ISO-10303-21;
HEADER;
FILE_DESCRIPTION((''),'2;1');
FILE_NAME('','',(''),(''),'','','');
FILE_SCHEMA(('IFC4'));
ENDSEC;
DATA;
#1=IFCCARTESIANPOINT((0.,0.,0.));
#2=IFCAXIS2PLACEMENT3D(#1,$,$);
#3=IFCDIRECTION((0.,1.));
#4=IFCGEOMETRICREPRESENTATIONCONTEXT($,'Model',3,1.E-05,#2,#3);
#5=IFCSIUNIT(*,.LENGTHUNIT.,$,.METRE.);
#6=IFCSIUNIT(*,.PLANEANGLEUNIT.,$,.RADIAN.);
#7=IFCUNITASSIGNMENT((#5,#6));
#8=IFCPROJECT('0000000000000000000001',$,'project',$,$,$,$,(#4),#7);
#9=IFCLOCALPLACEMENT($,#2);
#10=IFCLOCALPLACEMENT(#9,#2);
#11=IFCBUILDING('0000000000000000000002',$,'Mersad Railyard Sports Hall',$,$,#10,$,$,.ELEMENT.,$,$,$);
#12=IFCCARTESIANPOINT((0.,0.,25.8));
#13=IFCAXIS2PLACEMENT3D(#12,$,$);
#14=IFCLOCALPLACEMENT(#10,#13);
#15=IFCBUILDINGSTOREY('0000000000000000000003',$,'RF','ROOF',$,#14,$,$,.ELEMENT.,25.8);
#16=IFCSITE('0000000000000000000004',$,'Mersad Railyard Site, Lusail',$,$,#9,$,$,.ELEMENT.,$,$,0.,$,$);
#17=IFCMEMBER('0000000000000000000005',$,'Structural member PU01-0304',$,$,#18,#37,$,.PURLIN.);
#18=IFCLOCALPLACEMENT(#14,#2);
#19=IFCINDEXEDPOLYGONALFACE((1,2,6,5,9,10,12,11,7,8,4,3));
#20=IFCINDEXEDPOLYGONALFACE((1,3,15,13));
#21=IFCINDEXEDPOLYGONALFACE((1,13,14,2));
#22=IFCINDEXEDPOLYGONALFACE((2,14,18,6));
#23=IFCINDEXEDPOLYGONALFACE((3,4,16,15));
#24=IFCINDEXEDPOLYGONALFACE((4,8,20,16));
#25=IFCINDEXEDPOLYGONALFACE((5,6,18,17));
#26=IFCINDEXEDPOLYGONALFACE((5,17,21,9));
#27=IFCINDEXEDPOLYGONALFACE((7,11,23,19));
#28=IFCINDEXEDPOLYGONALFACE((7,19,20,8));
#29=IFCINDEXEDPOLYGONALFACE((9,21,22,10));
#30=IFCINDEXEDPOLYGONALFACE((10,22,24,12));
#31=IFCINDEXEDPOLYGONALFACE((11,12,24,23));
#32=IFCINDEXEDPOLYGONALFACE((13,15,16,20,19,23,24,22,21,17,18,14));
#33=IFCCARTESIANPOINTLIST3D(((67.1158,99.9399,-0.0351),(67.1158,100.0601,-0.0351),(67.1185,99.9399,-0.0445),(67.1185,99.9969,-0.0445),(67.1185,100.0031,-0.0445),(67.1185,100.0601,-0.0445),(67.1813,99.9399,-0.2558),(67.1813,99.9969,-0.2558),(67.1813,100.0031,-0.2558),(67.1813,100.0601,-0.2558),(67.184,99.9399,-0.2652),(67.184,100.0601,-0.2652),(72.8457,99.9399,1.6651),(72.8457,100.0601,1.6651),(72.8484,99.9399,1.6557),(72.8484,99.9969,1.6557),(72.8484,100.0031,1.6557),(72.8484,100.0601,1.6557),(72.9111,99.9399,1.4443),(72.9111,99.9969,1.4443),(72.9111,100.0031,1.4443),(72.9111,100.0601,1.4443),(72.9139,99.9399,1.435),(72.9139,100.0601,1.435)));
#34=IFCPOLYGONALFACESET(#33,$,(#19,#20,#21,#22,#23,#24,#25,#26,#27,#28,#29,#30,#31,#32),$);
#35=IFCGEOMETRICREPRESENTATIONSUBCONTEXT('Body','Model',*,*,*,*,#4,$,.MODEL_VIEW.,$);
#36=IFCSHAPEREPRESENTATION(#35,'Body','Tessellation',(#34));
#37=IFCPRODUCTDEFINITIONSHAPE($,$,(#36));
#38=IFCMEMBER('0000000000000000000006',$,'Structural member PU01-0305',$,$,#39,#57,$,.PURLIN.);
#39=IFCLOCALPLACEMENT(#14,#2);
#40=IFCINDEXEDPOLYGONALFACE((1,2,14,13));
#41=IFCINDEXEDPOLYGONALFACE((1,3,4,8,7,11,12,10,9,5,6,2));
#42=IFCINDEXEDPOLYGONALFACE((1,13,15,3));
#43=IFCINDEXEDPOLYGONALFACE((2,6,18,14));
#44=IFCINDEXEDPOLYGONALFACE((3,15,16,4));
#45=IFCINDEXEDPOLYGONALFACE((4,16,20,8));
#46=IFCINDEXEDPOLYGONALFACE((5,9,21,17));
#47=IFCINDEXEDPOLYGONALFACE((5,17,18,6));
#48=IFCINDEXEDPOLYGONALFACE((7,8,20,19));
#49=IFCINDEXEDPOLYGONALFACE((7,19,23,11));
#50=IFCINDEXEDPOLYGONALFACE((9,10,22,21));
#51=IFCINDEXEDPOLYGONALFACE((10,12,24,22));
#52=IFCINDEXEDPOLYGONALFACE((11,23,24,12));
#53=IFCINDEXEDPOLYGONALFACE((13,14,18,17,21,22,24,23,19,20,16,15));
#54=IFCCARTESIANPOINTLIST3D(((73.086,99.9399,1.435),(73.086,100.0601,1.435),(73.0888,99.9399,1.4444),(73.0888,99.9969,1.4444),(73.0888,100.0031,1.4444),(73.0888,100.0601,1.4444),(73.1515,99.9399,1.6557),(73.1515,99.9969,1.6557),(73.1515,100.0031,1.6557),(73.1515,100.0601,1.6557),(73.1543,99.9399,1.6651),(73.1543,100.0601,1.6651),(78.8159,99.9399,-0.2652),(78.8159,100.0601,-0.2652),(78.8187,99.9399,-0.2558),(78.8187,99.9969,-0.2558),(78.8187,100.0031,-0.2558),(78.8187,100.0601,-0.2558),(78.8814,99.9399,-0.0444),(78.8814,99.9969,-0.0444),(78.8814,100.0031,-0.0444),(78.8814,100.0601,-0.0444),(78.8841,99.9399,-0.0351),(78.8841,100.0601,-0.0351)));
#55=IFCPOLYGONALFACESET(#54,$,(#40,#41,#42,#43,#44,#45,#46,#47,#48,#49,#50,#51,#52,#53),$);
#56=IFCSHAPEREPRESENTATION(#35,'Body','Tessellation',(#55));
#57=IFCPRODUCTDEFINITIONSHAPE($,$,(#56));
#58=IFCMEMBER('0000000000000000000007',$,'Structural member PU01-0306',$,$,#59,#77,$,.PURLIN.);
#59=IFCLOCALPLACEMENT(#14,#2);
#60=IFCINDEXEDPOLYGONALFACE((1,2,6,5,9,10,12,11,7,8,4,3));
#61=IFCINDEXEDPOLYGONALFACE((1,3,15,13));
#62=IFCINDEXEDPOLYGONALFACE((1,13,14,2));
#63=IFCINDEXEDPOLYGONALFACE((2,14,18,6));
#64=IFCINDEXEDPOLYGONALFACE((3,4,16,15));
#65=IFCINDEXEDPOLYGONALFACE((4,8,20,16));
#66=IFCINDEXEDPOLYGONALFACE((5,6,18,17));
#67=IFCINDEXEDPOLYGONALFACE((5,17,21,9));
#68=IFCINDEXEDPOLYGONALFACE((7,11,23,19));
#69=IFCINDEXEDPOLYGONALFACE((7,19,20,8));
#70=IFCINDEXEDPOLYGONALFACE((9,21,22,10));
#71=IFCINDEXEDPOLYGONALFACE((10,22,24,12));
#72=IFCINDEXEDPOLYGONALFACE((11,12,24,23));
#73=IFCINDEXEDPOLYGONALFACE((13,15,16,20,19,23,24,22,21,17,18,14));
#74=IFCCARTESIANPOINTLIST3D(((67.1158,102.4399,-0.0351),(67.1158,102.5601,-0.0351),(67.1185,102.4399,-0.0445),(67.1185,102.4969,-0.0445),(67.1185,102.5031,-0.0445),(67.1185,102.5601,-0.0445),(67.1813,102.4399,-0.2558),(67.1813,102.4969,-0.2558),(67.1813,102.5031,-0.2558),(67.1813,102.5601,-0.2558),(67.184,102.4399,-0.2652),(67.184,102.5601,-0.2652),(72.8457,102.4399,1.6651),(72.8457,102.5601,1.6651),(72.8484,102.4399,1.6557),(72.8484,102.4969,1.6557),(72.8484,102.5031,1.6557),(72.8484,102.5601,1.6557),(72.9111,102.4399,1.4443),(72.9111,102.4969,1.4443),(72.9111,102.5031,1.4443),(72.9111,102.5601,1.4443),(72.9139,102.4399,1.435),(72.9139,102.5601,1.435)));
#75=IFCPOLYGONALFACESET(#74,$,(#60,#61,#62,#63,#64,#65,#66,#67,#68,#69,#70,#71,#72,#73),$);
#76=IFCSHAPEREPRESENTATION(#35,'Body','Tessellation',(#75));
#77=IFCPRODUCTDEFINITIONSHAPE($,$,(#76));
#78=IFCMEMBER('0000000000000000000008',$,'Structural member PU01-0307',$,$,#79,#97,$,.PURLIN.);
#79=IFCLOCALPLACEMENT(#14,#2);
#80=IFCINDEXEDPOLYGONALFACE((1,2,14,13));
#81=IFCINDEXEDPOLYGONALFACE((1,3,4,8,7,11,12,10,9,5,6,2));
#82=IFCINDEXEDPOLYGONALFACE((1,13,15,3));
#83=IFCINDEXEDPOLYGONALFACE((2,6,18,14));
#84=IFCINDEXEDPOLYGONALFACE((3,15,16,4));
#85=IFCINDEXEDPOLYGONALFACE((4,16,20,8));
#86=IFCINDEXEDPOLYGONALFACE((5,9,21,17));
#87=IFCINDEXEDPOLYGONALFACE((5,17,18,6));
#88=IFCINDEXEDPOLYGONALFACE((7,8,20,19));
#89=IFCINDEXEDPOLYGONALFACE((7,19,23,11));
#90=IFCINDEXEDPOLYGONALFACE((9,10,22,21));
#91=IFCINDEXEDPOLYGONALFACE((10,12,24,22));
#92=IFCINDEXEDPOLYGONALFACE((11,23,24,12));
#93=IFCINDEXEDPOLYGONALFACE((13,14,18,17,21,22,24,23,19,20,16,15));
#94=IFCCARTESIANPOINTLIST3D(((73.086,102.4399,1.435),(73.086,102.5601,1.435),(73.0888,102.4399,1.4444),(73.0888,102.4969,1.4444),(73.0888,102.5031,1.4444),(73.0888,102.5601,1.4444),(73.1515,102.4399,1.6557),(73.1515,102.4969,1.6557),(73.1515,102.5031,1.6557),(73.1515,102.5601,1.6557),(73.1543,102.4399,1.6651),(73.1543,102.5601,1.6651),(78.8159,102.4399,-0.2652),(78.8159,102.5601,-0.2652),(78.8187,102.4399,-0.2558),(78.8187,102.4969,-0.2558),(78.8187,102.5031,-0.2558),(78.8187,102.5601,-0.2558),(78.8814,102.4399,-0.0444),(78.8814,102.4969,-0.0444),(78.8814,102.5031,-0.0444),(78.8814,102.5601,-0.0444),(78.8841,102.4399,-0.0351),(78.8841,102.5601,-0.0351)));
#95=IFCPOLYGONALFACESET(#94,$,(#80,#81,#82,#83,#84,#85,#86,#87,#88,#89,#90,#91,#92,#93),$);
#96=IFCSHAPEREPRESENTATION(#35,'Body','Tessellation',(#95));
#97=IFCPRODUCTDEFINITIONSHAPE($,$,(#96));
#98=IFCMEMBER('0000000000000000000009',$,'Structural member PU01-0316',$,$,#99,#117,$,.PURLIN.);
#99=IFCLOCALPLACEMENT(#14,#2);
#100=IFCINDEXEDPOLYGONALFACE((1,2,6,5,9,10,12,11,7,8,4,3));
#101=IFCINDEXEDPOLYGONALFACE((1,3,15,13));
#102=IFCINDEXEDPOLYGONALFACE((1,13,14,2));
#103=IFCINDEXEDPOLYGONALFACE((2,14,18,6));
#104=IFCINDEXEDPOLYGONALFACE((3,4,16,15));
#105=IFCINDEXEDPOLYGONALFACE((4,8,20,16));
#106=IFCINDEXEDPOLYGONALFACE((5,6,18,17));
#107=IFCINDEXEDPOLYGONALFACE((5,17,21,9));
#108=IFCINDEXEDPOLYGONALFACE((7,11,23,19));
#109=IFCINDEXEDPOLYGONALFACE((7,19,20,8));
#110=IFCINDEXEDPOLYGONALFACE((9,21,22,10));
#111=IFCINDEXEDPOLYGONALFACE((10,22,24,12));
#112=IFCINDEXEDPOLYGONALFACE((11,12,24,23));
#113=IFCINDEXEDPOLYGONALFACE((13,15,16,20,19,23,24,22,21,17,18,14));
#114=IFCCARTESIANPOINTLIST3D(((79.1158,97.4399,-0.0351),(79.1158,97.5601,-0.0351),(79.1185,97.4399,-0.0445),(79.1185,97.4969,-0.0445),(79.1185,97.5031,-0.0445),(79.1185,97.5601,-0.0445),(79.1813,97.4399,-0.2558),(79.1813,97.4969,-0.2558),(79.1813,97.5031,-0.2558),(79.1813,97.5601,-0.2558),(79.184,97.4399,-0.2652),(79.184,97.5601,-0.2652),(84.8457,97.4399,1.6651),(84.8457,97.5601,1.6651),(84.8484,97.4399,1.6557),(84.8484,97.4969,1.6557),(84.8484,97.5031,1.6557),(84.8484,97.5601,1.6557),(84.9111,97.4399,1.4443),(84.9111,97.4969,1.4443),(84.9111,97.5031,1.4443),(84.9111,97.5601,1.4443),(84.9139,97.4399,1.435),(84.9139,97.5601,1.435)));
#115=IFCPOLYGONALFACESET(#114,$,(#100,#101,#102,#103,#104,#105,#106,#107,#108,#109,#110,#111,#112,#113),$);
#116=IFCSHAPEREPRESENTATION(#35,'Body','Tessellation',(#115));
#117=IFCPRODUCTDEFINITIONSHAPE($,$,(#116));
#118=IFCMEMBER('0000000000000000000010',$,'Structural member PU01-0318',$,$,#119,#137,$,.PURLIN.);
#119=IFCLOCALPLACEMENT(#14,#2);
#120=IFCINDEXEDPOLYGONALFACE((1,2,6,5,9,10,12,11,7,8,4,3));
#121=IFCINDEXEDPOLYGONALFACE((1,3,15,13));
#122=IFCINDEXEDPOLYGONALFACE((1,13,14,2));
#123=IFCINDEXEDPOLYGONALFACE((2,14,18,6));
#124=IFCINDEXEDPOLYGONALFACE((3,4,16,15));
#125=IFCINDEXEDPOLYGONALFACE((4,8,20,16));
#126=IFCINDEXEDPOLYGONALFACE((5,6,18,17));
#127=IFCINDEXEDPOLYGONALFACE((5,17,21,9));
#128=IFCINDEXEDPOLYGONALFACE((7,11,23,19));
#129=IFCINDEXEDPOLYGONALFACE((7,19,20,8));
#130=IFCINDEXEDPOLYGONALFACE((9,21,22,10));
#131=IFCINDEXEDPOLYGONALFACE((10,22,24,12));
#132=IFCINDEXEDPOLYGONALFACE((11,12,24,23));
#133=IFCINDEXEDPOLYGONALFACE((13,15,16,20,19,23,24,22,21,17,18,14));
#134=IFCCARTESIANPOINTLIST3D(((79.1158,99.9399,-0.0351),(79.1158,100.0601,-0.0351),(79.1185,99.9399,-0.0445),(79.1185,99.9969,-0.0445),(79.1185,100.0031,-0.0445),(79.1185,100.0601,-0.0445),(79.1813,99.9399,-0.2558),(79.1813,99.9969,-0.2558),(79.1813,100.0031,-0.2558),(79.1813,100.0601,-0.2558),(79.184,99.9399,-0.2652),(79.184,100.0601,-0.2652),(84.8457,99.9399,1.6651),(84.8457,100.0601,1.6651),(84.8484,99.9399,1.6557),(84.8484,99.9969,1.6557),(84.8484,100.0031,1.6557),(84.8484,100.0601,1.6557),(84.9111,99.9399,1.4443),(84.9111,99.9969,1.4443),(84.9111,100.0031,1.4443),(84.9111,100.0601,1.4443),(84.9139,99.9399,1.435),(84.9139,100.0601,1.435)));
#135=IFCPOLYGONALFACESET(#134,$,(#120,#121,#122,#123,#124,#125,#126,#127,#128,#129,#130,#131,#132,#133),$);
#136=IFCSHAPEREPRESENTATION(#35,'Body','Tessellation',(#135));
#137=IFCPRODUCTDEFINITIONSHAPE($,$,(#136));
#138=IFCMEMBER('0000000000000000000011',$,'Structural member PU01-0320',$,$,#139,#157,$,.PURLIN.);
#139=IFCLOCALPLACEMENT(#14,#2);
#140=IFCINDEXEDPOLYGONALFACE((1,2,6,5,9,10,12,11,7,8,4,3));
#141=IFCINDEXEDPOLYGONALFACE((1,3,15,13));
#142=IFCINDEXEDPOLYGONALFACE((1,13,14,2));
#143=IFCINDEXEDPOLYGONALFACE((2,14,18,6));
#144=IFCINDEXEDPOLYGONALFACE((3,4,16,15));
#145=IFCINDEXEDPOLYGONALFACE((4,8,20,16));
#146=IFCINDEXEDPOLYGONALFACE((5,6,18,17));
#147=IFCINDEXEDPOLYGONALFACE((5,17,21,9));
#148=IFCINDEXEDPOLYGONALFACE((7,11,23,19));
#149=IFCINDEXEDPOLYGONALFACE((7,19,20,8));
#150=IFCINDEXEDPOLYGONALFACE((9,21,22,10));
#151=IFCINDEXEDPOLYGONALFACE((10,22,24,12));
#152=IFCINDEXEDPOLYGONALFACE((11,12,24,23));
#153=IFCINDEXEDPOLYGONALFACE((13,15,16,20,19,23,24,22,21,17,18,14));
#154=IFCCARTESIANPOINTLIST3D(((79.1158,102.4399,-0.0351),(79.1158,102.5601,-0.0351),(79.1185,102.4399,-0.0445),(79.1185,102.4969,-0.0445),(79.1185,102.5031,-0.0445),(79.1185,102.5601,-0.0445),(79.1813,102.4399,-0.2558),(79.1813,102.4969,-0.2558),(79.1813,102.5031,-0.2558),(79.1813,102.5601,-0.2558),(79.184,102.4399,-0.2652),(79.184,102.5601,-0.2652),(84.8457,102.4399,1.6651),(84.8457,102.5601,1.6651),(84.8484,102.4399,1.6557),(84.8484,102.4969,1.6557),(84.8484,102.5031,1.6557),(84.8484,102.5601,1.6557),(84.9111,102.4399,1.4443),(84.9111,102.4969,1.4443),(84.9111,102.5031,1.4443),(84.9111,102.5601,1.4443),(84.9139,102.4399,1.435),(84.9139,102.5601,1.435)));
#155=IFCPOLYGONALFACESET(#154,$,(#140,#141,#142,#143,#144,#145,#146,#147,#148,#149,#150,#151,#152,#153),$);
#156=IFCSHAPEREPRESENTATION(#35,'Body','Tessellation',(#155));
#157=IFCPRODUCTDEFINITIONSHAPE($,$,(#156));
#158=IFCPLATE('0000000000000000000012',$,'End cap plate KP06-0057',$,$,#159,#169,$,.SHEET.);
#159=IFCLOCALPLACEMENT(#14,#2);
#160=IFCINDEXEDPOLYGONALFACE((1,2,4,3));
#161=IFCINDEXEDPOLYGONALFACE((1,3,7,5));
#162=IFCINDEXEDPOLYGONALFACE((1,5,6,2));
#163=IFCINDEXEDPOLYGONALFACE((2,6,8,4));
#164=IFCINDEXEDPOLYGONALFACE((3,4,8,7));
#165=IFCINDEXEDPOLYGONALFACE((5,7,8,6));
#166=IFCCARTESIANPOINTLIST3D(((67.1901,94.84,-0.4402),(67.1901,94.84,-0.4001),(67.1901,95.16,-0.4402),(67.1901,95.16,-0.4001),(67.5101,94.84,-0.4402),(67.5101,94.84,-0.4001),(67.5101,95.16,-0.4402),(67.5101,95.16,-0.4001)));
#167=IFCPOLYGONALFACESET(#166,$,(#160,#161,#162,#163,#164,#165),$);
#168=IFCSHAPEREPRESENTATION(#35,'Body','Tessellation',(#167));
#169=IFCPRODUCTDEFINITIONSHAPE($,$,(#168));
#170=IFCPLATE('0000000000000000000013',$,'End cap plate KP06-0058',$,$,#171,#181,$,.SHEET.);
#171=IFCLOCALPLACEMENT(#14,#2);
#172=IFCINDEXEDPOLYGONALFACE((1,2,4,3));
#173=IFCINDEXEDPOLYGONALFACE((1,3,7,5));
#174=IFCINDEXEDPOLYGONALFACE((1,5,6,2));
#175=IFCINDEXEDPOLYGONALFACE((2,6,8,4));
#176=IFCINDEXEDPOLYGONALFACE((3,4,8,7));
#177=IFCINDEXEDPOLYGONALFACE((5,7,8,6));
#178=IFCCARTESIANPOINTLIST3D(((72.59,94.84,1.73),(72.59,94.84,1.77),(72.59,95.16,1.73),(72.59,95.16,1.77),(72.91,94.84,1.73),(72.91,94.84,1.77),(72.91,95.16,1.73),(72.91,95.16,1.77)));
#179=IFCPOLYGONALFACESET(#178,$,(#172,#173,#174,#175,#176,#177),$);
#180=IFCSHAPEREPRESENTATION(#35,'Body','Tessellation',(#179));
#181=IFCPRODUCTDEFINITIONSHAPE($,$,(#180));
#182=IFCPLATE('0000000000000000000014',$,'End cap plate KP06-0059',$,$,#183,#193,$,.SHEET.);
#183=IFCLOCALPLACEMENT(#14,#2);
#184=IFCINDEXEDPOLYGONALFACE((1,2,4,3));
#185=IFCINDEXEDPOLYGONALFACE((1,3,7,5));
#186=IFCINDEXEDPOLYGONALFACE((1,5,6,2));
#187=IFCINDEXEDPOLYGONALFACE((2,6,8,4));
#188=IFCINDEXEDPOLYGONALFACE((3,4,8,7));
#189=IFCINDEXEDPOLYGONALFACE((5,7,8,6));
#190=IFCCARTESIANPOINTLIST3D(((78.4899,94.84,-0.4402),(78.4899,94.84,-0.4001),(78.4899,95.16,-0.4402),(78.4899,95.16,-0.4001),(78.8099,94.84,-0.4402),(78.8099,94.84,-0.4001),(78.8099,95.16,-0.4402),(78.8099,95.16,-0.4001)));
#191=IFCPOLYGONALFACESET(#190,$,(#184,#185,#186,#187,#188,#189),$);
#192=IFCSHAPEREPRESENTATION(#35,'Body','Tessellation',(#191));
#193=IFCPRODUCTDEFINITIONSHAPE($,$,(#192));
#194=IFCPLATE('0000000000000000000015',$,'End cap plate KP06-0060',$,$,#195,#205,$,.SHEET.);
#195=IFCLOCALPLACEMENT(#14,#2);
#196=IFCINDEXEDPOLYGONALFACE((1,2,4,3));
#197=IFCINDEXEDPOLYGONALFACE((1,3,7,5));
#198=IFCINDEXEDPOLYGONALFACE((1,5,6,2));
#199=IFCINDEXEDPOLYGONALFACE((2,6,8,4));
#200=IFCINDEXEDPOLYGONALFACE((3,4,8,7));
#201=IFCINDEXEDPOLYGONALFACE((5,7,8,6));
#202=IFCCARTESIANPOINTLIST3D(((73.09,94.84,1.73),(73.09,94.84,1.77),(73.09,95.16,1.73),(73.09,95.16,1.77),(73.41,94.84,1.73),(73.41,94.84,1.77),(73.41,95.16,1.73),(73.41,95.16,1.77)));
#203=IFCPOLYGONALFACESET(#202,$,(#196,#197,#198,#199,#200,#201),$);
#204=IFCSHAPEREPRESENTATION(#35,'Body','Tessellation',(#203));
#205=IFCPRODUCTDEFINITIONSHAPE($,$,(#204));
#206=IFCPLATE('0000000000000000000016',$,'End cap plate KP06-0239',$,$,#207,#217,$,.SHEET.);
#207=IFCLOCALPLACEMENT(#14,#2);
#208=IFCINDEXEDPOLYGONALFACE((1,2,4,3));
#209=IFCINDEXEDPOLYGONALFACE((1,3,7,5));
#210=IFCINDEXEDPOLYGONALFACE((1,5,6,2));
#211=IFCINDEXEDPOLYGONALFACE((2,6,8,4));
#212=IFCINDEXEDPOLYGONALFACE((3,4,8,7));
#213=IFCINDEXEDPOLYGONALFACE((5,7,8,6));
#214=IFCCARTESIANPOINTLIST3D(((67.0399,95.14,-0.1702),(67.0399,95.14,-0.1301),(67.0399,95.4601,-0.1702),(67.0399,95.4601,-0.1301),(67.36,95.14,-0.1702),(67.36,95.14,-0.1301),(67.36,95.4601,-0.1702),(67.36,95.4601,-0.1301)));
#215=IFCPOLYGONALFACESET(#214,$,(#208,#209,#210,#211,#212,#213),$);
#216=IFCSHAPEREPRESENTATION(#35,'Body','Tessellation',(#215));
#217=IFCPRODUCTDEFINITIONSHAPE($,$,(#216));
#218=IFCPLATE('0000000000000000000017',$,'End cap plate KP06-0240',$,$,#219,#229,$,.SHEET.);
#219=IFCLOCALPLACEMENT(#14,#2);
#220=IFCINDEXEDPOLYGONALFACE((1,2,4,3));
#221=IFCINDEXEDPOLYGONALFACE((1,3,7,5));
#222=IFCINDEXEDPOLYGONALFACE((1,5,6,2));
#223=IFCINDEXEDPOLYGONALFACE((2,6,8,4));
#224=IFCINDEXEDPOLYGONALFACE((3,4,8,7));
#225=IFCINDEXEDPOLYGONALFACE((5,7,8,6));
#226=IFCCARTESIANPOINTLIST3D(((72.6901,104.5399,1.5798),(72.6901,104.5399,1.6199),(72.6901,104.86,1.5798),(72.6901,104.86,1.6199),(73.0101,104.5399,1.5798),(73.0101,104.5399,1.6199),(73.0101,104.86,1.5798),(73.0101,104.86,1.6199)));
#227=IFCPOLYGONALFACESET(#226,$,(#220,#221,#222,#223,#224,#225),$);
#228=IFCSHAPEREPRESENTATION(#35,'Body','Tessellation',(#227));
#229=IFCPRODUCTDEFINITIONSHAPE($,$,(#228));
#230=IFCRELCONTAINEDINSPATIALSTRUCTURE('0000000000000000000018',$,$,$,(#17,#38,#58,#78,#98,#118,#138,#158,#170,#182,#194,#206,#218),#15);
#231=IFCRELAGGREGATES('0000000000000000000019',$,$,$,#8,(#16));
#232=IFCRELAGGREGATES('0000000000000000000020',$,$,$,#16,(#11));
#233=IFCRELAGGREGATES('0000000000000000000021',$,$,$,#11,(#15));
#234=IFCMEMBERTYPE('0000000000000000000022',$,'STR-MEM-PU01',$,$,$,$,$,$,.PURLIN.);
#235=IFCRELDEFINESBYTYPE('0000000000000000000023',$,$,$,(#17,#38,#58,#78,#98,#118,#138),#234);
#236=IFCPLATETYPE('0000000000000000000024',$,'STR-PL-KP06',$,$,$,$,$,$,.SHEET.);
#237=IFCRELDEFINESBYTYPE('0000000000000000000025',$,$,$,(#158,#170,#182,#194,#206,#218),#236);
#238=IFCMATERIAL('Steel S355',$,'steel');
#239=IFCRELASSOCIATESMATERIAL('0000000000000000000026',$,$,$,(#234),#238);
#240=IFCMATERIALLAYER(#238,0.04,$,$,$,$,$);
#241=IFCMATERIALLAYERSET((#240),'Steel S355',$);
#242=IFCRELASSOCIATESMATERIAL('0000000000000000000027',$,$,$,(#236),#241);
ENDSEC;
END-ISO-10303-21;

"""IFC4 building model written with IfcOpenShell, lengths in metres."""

from ifc_helpers import new_model, si_unit, direction, frame, origin, origin_2d, place, context, subcontext, project, spatial, rectangle, i_section, extrude, material, layer, layer_set, material_profile, profile_set, type_object, element, save


model = new_model("IFC4")

# Units and contexts
model_context = context("Model", 3, precision=1e-05, world=origin(), true_north=direction((0.0, 1.0)))
body_context = subcontext(model_context, "Body", "Model", "MODEL_VIEW")
ifc_project = project(units=[si_unit("LENGTHUNIT", "METRE"), si_unit("PLANEANGLEUNIT", "RADIAN")], contexts=[model_context])

# Site, building, storey
site_placement = place(None, origin())
site = spatial("IfcSite", under=ifc_project, at=site_placement, Name="Mersad Railyard Site, Lusail", CompositionType="ELEMENT", RefElevation=0.0)
building_placement = place(site_placement, origin())
building = spatial("IfcBuilding", under=site, at=building_placement, Name="Mersad Railyard Sports Hall", CompositionType="ELEMENT")
storey_placement = place(building_placement, frame((0.0, 0.0, 25.8)))
storey = spatial("IfcBuildingStorey", under=building, at=storey_placement, Name="RF", Description="ROOF", CompositionType="ELEMENT", Elevation=25.8)

# Shared definitions
ifc_material_1 = material(Name="Steel S355", Category="steel")

# Members
ifc_material_profile_1 = material_profile(ifc_material_1, i_section(OverallWidth=0.1201, OverallDepth=0.24, WebThickness=0.0061, FlangeThickness=0.0098, at=origin_2d()), Name="IPE 240")
ifc_profile_set_1 = profile_set([ifc_material_profile_1], Name="Steel S355")
member_type_1 = type_object("IfcMemberType", Name="STR-MEM-PU01", PredefinedType="PURLIN", material=ifc_profile_set_1)
for number, where, z_axis, x_axis, name in (
    (1, (67.1499, 100.0, -0.1501), (0.958688, 0.0, 0.284461), (0.0, 1.0, 0.0), "Structural member PU01-0304"),
    (2, (73.1201, 100.0, 1.55), (0.958688, 0.0, -0.284461), (0.0, 1.0, 0.0), "Structural member PU01-0305"),
    (3, (67.1499, 102.5, -0.1501), (0.958688, 0.0, 0.284461), (0.0, 1.0, 0.0), "Structural member PU01-0306"),
    (4, (73.1201, 102.5, 1.55), (0.958688, 0.0, -0.284461), (0.0, 1.0, 0.0), "Structural member PU01-0307"),
    (5, (79.1499, 97.5, -0.1501), (0.958688, 0.0, 0.284461), (0.0, 1.0, 0.0), "Structural member PU01-0316"),
    (6, (79.1499, 100.0, -0.1501), (0.958688, 0.0, 0.284461), (0.0, 1.0, 0.0), "Structural member PU01-0318"),
    (7, (79.1499, 102.5, -0.1501), (0.958688, 0.0, 0.284461), (0.0, 1.0, 0.0), "Structural member PU01-0320"),
):
    element("IfcMember", number, at=place(storey_placement, frame(where, z_axis=z_axis, x_axis=x_axis)), inside=storey, type_object=member_type_1, Name=name, PredefinedType="PURLIN", context=body_context, shape_type="SweptSolid", body=[
        extrude(i_section(OverallWidth=0.1201, OverallDepth=0.24, WebThickness=0.0061, FlangeThickness=0.0098, at=origin_2d()), origin(), (0.0, 0.0, 1.0), 5.9768),
    ])

# Plates
ifc_layer_1 = layer(ifc_material_1, 0.04)
ifc_layer_set_1 = layer_set([ifc_layer_1], Name="Steel S355")
plate_type = type_object("IfcPlateType", Name="STR-PL-KP06", PredefinedType="SHEET", material=ifc_layer_set_1)
for number, where, z_axis, x_axis, name in (
    (8, (67.3501, 95.0, -0.4402), (0.0, 0.0, 1.0), (1.0, 0.0, 0.0), "End cap plate KP06-0057"),
    (9, (72.75, 95.0, 1.73), (0.0, 0.0, 1.0), (1.0, 0.0, 0.0), "End cap plate KP06-0058"),
    (10, (78.6499, 95.0, -0.4402), (0.0, 0.0, 1.0), (1.0, 0.0, 0.0), "End cap plate KP06-0059"),
    (11, (73.25, 95.0, 1.73), (0.0, 0.0, 1.0), (1.0, 0.0, 0.0), "End cap plate KP06-0060"),
    (12, (67.2, 95.3, -0.1702), (0.0, 0.0, 1.0), (1.0, 0.0, 0.0), "End cap plate KP06-0239"),
    (13, (72.8501, 104.7, 1.5798), (0.0, 0.0, 1.0), (1.0, 0.0, 0.0), "End cap plate KP06-0240"),
):
    element("IfcPlate", number, at=place(storey_placement, frame(where, z_axis=z_axis, x_axis=x_axis)), inside=storey, type_object=plate_type, Name=name, PredefinedType="SHEET", context=body_context, shape_type="SweptSolid", body=[
        extrude(rectangle(XDim=0.3201, YDim=0.3201, at=origin_2d()), origin(), (0.0, 0.0, 1.0), 0.04),
    ])

save(model, "model.ifc")
